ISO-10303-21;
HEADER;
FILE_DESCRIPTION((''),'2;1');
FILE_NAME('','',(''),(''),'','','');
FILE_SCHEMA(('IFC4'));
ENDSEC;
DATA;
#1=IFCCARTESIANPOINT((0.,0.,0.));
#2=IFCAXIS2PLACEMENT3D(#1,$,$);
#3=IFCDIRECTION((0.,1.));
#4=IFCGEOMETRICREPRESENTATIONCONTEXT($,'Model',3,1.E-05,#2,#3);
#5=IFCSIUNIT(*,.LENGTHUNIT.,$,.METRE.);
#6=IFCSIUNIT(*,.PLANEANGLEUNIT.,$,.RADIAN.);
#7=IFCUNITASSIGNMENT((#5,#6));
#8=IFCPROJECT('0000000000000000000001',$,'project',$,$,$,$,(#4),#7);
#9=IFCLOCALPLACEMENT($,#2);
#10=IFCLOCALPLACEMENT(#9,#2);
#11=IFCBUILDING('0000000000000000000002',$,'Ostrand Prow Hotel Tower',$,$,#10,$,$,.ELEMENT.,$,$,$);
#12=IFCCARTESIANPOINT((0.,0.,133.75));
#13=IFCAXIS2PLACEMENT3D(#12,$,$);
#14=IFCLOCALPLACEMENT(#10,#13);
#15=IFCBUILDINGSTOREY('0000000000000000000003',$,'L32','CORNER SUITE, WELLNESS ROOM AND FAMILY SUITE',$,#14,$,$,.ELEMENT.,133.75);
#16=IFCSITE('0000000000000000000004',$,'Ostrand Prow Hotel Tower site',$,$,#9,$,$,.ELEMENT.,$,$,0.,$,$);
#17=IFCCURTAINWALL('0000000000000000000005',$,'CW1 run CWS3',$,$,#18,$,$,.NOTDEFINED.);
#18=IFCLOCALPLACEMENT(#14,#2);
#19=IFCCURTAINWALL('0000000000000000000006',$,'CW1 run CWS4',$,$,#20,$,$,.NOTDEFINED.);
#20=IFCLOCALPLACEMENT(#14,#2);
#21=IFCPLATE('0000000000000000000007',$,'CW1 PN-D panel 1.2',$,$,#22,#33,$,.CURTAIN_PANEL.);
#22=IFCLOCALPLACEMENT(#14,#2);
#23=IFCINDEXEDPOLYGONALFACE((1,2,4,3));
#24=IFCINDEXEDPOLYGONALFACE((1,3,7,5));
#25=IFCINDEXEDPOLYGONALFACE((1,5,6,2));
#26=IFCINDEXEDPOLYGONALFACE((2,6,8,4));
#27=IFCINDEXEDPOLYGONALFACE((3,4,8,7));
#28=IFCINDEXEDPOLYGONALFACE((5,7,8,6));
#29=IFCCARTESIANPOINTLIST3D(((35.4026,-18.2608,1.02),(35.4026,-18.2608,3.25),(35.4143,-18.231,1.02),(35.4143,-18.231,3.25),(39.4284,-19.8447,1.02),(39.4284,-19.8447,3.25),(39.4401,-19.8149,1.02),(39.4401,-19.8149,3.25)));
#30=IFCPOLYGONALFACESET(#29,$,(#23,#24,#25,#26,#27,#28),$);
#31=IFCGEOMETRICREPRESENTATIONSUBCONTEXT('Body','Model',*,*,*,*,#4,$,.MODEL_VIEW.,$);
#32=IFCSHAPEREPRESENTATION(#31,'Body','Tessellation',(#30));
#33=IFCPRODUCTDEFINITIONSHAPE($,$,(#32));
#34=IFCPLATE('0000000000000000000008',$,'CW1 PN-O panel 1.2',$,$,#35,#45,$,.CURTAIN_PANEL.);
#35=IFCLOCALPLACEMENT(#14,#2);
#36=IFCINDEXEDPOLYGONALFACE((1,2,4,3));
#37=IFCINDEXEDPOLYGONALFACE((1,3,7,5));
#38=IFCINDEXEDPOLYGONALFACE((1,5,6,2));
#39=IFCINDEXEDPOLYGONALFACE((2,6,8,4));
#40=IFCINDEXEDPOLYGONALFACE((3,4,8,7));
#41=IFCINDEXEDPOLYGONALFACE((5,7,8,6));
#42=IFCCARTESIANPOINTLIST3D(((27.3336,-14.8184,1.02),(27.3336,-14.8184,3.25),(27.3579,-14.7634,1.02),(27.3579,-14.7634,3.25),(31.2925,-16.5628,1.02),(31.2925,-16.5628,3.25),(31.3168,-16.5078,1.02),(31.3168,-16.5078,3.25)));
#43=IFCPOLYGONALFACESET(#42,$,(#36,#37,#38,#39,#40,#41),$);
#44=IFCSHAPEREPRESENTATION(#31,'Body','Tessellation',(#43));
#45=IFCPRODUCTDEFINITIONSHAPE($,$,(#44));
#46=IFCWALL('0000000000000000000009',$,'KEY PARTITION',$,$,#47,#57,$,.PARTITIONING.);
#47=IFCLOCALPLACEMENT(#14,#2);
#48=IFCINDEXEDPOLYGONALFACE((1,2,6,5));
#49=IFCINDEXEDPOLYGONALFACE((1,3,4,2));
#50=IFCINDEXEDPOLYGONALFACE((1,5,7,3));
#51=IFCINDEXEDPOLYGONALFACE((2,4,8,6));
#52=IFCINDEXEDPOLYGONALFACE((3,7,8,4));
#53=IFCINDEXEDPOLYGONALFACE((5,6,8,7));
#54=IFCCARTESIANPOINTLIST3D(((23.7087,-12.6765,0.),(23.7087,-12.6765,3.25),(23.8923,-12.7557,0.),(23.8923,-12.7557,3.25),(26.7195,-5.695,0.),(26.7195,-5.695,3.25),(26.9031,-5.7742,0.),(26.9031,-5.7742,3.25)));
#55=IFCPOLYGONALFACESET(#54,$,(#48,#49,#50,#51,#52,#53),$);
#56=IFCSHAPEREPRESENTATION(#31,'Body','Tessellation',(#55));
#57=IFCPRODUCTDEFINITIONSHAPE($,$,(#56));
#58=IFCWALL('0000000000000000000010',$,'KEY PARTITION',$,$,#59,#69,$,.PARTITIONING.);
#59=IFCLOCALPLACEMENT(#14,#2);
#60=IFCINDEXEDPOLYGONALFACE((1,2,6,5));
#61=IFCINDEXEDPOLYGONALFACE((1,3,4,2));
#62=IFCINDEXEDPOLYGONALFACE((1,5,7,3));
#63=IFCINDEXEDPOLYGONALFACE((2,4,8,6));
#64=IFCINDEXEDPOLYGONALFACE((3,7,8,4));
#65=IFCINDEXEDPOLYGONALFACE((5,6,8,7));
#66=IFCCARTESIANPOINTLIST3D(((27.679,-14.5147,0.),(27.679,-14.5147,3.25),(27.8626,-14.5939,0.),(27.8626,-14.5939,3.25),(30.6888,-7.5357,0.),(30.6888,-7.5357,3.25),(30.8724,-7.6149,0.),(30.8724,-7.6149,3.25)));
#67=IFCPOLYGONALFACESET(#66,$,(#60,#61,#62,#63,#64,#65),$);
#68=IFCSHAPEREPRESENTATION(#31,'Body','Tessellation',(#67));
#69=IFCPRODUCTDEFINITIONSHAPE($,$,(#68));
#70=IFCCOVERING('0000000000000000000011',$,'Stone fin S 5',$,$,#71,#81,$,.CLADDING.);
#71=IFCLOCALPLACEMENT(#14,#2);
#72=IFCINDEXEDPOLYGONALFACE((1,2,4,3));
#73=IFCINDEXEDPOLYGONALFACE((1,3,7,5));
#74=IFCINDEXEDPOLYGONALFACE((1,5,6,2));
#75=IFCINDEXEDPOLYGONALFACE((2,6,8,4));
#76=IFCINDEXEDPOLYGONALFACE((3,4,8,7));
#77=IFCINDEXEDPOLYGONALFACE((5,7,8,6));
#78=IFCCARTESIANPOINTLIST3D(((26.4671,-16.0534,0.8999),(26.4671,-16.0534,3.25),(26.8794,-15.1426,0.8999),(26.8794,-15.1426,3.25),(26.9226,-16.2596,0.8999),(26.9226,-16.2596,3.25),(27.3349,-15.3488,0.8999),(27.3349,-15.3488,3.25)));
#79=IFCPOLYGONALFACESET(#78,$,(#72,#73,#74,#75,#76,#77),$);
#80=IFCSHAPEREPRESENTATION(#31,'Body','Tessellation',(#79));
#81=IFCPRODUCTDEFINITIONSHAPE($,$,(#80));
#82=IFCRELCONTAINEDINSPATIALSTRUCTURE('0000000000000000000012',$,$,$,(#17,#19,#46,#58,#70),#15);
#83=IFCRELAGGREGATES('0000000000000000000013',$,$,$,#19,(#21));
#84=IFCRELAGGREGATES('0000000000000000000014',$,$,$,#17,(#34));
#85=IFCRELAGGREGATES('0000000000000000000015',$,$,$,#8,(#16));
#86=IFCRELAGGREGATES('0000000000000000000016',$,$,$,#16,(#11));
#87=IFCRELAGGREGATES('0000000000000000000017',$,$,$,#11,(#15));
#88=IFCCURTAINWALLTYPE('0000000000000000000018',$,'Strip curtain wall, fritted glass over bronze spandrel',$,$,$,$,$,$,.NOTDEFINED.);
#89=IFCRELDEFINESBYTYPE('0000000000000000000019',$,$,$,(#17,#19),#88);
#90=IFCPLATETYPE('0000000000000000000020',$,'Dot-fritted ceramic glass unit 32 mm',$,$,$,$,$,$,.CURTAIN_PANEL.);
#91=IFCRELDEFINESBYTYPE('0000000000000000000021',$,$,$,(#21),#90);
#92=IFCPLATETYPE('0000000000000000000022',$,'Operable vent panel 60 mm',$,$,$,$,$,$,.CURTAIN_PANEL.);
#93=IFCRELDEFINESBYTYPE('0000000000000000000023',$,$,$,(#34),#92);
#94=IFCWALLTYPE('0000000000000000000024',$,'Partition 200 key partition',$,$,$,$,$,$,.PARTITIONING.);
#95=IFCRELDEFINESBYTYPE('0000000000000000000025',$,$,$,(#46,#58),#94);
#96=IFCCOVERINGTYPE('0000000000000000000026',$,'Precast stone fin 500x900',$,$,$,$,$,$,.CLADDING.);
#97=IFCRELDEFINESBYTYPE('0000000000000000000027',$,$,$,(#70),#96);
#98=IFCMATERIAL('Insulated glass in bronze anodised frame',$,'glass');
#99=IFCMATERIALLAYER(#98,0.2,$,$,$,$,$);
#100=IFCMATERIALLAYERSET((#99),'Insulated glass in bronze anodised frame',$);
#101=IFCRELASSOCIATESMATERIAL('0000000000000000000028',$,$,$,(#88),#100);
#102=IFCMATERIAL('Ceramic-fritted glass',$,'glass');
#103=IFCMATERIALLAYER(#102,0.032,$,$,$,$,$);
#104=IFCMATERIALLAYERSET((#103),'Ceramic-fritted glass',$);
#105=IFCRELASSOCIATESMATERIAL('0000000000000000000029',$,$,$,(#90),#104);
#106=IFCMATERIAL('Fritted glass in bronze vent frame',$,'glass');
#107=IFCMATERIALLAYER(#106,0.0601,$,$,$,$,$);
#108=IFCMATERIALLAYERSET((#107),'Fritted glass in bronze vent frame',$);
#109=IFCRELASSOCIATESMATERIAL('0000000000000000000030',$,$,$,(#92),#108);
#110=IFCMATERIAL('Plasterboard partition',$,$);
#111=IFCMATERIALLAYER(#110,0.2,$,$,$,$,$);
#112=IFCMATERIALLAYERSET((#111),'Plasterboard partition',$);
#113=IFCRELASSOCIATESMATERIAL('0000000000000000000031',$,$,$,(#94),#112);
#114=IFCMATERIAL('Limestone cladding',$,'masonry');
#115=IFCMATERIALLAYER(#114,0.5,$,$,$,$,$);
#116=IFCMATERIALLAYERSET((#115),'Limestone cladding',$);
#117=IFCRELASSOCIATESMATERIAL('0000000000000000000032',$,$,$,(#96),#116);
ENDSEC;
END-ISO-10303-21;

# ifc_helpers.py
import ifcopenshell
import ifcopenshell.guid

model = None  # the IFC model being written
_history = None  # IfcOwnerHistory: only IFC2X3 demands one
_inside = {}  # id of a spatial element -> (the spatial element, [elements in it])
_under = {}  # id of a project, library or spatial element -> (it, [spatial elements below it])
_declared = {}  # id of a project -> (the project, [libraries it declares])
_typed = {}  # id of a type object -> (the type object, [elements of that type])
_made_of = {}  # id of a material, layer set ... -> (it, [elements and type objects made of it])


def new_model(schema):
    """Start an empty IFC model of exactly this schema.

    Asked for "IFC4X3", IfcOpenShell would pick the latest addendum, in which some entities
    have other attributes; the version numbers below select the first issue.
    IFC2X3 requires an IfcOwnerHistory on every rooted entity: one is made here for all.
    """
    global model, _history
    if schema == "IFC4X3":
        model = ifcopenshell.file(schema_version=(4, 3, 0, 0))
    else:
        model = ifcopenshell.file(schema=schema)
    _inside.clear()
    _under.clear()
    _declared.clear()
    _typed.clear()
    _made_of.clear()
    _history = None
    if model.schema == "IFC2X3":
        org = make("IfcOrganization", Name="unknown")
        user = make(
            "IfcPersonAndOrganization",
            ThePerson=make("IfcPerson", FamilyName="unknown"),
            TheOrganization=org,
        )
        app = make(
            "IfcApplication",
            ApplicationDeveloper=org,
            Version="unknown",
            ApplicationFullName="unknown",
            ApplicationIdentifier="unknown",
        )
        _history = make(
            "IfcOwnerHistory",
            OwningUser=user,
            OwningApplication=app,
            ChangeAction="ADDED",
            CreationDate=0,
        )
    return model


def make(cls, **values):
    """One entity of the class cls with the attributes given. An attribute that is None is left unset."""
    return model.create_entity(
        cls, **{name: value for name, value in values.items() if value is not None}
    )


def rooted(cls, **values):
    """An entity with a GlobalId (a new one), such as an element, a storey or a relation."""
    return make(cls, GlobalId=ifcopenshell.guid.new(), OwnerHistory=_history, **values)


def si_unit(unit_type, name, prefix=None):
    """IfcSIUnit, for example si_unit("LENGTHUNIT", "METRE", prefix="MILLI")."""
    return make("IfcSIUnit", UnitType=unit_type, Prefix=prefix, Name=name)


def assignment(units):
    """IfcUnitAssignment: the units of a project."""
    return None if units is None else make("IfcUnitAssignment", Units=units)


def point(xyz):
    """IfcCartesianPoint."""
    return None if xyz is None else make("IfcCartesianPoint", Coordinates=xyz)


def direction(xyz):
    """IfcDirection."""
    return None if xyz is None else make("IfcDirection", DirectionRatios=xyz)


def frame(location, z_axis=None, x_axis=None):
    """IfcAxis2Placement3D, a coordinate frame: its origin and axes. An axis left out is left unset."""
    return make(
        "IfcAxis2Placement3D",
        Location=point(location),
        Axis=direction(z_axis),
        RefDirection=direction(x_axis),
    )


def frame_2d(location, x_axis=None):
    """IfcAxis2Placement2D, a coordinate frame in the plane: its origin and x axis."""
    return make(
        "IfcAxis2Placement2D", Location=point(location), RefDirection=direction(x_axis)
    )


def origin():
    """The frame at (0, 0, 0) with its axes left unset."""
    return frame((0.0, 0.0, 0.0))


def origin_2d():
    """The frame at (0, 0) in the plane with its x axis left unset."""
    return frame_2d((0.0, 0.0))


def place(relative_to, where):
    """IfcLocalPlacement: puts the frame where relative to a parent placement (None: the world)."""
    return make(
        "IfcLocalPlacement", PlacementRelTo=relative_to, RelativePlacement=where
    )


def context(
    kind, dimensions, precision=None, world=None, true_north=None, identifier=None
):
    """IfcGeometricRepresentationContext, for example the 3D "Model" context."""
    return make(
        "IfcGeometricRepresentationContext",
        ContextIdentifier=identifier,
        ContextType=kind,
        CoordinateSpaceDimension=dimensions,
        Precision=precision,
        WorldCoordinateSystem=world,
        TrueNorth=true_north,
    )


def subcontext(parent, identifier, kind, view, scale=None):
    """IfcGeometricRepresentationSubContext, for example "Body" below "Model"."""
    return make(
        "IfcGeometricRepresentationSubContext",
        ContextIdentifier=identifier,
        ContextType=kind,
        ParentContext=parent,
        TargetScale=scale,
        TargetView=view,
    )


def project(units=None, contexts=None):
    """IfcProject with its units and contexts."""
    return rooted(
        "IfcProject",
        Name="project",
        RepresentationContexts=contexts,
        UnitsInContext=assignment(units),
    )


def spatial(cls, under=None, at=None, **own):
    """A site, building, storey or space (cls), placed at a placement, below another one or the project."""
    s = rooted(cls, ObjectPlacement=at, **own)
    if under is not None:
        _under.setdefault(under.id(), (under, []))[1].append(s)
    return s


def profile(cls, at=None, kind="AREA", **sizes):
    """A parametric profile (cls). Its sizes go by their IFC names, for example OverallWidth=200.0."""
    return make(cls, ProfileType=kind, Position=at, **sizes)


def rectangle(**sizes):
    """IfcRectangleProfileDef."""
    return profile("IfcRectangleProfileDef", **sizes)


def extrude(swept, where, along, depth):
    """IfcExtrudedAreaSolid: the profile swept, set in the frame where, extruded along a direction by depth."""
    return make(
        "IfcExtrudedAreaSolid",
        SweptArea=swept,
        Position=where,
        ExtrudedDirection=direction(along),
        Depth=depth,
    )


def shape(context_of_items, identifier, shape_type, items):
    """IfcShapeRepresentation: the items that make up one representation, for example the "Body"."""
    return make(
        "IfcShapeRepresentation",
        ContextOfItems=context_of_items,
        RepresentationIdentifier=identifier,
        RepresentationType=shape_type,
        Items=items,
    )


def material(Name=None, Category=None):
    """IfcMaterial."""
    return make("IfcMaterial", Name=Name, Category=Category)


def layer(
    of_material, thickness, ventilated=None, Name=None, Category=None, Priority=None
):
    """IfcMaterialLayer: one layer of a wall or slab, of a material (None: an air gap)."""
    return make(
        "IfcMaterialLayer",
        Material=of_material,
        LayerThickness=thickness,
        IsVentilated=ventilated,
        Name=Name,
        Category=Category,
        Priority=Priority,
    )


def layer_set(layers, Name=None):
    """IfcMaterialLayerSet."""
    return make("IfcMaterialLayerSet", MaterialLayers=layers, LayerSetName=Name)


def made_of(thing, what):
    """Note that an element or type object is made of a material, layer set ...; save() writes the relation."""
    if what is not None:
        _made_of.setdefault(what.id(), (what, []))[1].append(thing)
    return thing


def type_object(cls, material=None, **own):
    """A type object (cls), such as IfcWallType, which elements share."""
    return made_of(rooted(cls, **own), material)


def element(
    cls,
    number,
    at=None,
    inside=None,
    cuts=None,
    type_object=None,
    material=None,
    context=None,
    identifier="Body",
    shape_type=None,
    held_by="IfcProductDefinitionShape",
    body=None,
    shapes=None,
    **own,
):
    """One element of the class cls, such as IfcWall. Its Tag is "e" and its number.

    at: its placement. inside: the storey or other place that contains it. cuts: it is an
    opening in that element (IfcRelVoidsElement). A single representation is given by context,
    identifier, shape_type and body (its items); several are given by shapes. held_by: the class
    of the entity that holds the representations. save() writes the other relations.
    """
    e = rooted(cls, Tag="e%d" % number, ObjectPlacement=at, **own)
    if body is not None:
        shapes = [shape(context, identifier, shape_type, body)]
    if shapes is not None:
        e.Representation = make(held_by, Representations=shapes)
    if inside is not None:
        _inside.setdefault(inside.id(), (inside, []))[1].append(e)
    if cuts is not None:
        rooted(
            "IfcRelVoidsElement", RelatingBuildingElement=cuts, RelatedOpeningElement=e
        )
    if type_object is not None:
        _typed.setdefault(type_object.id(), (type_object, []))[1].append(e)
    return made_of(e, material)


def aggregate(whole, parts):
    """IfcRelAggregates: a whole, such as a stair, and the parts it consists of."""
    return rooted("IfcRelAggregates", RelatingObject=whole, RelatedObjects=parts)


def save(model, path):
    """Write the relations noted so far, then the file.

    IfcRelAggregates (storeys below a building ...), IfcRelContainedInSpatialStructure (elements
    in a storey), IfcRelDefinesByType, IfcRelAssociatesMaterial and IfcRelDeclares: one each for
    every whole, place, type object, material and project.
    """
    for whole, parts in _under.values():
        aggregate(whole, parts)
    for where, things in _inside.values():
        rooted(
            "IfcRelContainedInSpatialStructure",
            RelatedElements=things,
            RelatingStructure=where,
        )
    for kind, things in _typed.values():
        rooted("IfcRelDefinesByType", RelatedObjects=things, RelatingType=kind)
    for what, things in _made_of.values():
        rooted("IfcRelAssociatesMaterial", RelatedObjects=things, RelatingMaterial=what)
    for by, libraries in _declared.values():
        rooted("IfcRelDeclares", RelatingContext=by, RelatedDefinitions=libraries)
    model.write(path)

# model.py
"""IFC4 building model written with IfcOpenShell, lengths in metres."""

from ifc_helpers import new_model, si_unit, direction, frame, frame_2d, origin, origin_2d, place, context, subcontext, project, spatial, rectangle, extrude, material, layer, layer_set, type_object, element, aggregate, save


model = new_model("IFC4")

# Units and contexts
model_context = context("Model", 3, precision=1e-05, world=origin(), true_north=direction((0.0, 1.0)))
body_context = subcontext(model_context, "Body", "Model", "MODEL_VIEW")
ifc_project = project(units=[si_unit("LENGTHUNIT", "METRE"), si_unit("PLANEANGLEUNIT", "RADIAN")], contexts=[model_context])

# Site, building, storey
site_placement = place(None, origin())
site = spatial("IfcSite", under=ifc_project, at=site_placement, Name="Ostrand Prow Hotel Tower site", CompositionType="ELEMENT", RefElevation=0.0)
building_placement = place(site_placement, origin())
building = spatial("IfcBuilding", under=site, at=building_placement, Name="Ostrand Prow Hotel Tower", CompositionType="ELEMENT")
storey_placement = place(building_placement, frame((0.0, 0.0, 133.75)))
storey = spatial("IfcBuildingStorey", under=building, at=storey_placement, Name="L32", Description="CORNER SUITE, WELLNESS ROOM AND FAMILY SUITE", CompositionType="ELEMENT", Elevation=133.75)

# Curtain wall
ifc_material_1 = material(Name="Insulated glass in bronze anodised frame", Category="glass")
ifc_layer_1 = layer(ifc_material_1, 0.2)
ifc_layer_set_1 = layer_set([ifc_layer_1], Name="Insulated glass in bronze anodised frame")
curtain_wall_type = type_object("IfcCurtainWallType", Name="Strip curtain wall, fritted glass over bronze spandrel", PredefinedType="NOTDEFINED", material=ifc_layer_set_1)
curtain_wall_1_placement = place(storey_placement, origin())
curtain_wall_1 = element("IfcCurtainWall", 1, at=curtain_wall_1_placement, inside=storey, type_object=curtain_wall_type, Name="CW1 run CWS3", PredefinedType="NOTDEFINED")

# Curtain wall
curtain_wall_2_placement = place(storey_placement, origin())
curtain_wall_2 = element("IfcCurtainWall", 2, at=curtain_wall_2_placement, inside=storey, type_object=curtain_wall_type, Name="CW1 run CWS4", PredefinedType="NOTDEFINED")

# Plates
ifc_material_2 = material(Name="Ceramic-fritted glass", Category="glass")
ifc_layer_2 = layer(ifc_material_2, 0.032)
ifc_layer_set_2 = layer_set([ifc_layer_2], Name="Ceramic-fritted glass")
plate_type_1 = type_object("IfcPlateType", Name="Dot-fritted ceramic glass unit 32 mm", PredefinedType="CURTAIN_PANEL", material=ifc_layer_set_2)
plate_1_placement = place(storey_placement, frame((37.4214, -19.0378, 1.02), z_axis=(0.0, 0.0, 1.0), x_axis=(0.930569, -0.366116, 0.0)))
plate_1 = element("IfcPlate", 3, at=plate_1_placement, type_object=plate_type_1, Name="CW1 PN-D panel 1.2", PredefinedType="CURTAIN_PANEL", context=body_context, shape_type="SweptSolid", body=[
    extrude(rectangle(XDim=4.3262, YDim=0.032, at=origin_2d()), origin(), (0.0, 0.0, 1.0), 2.23),
])
aggregate(curtain_wall_2, [plate_1])
ifc_material_3 = material(Name="Fritted glass in bronze vent frame", Category="glass")
ifc_layer_3 = layer(ifc_material_3, 0.0601)
ifc_layer_set_3 = layer_set([ifc_layer_3], Name="Fritted glass in bronze vent frame")
plate_type_2 = type_object("IfcPlateType", Name="Operable vent panel 60 mm", PredefinedType="CURTAIN_PANEL", material=ifc_layer_set_3)
plate_2_placement = place(storey_placement, frame((29.3252, -15.6631, 1.02), z_axis=(0.0, 0.0, 1.0), x_axis=(0.915106, -0.403213, 0.0)))
plate_2 = element("IfcPlate", 4, at=plate_2_placement, type_object=plate_type_2, Name="CW1 PN-O panel 1.2", PredefinedType="CURTAIN_PANEL", context=body_context, shape_type="SweptSolid", body=[
    extrude(rectangle(XDim=4.3262, YDim=0.0601, at=origin_2d()), origin(), (0.0, 0.0, 1.0), 2.23),
])
aggregate(curtain_wall_1, [plate_2])

# Walls
ifc_material_4 = material(Name="Plasterboard partition")
ifc_layer_4 = layer(ifc_material_4, 0.2)
ifc_layer_set_4 = layer_set([ifc_layer_4], Name="Plasterboard partition")
wall_type = type_object("IfcWallType", Name="Partition 200 key partition", PredefinedType="PARTITIONING", material=ifc_layer_set_4)
wall_1_placement = place(storey_placement, frame((23.8005, -12.7161, 0.0), z_axis=(0.0, 0.0, 1.0), x_axis=(0.395996, 0.918252, 0.0)))
element("IfcWall", 5, at=wall_1_placement, inside=storey, type_object=wall_type, Name="KEY PARTITION", PredefinedType="PARTITIONING", context=body_context, shape_type="SweptSolid", body=[
    extrude(rectangle(XDim=7.603, YDim=0.2, at=frame_2d((3.8015, 0.0))), origin(), (0.0, 0.0, 1.0), 3.25),
])
wall_2_placement = place(storey_placement, frame((27.7708, -14.5544, 0.0), z_axis=(0.0, 0.0, 1.0), x_axis=(0.396004, 0.918249, 0.0)))
element("IfcWall", 6, at=wall_2_placement, inside=storey, type_object=wall_type, Name="KEY PARTITION", PredefinedType="PARTITIONING", context=body_context, shape_type="SweptSolid", body=[
    extrude(rectangle(XDim=7.6003, YDim=0.2, at=frame_2d((3.8003, 0.0))), origin(), (0.0, 0.0, 1.0), 3.25),
])

# Covering
ifc_material_5 = material(Name="Limestone cladding", Category="masonry")
ifc_layer_5 = layer(ifc_material_5, 0.5)
ifc_layer_set_5 = layer_set([ifc_layer_5], Name="Limestone cladding")
covering_type = type_object("IfcCoveringType", Name="Precast stone fin 500x900", PredefinedType="CLADDING", material=ifc_layer_set_5)
covering_placement = place(storey_placement, frame((27.1072, -15.2456, 0.8999), z_axis=(0.0, 0.0, 1.0), x_axis=(-0.412404, -0.911001, 0.0)))
element("IfcCovering", 7, at=covering_placement, inside=storey, type_object=covering_type, Name="Stone fin S 5", PredefinedType="CLADDING", context=body_context, shape_type="SweptSolid", body=[
    extrude(rectangle(XDim=0.9998, YDim=0.5, at=frame_2d((0.5, 0.0))), origin(), (0.0, 0.0, 1.0), 2.3501),
])

save(model, "model.ifc")
